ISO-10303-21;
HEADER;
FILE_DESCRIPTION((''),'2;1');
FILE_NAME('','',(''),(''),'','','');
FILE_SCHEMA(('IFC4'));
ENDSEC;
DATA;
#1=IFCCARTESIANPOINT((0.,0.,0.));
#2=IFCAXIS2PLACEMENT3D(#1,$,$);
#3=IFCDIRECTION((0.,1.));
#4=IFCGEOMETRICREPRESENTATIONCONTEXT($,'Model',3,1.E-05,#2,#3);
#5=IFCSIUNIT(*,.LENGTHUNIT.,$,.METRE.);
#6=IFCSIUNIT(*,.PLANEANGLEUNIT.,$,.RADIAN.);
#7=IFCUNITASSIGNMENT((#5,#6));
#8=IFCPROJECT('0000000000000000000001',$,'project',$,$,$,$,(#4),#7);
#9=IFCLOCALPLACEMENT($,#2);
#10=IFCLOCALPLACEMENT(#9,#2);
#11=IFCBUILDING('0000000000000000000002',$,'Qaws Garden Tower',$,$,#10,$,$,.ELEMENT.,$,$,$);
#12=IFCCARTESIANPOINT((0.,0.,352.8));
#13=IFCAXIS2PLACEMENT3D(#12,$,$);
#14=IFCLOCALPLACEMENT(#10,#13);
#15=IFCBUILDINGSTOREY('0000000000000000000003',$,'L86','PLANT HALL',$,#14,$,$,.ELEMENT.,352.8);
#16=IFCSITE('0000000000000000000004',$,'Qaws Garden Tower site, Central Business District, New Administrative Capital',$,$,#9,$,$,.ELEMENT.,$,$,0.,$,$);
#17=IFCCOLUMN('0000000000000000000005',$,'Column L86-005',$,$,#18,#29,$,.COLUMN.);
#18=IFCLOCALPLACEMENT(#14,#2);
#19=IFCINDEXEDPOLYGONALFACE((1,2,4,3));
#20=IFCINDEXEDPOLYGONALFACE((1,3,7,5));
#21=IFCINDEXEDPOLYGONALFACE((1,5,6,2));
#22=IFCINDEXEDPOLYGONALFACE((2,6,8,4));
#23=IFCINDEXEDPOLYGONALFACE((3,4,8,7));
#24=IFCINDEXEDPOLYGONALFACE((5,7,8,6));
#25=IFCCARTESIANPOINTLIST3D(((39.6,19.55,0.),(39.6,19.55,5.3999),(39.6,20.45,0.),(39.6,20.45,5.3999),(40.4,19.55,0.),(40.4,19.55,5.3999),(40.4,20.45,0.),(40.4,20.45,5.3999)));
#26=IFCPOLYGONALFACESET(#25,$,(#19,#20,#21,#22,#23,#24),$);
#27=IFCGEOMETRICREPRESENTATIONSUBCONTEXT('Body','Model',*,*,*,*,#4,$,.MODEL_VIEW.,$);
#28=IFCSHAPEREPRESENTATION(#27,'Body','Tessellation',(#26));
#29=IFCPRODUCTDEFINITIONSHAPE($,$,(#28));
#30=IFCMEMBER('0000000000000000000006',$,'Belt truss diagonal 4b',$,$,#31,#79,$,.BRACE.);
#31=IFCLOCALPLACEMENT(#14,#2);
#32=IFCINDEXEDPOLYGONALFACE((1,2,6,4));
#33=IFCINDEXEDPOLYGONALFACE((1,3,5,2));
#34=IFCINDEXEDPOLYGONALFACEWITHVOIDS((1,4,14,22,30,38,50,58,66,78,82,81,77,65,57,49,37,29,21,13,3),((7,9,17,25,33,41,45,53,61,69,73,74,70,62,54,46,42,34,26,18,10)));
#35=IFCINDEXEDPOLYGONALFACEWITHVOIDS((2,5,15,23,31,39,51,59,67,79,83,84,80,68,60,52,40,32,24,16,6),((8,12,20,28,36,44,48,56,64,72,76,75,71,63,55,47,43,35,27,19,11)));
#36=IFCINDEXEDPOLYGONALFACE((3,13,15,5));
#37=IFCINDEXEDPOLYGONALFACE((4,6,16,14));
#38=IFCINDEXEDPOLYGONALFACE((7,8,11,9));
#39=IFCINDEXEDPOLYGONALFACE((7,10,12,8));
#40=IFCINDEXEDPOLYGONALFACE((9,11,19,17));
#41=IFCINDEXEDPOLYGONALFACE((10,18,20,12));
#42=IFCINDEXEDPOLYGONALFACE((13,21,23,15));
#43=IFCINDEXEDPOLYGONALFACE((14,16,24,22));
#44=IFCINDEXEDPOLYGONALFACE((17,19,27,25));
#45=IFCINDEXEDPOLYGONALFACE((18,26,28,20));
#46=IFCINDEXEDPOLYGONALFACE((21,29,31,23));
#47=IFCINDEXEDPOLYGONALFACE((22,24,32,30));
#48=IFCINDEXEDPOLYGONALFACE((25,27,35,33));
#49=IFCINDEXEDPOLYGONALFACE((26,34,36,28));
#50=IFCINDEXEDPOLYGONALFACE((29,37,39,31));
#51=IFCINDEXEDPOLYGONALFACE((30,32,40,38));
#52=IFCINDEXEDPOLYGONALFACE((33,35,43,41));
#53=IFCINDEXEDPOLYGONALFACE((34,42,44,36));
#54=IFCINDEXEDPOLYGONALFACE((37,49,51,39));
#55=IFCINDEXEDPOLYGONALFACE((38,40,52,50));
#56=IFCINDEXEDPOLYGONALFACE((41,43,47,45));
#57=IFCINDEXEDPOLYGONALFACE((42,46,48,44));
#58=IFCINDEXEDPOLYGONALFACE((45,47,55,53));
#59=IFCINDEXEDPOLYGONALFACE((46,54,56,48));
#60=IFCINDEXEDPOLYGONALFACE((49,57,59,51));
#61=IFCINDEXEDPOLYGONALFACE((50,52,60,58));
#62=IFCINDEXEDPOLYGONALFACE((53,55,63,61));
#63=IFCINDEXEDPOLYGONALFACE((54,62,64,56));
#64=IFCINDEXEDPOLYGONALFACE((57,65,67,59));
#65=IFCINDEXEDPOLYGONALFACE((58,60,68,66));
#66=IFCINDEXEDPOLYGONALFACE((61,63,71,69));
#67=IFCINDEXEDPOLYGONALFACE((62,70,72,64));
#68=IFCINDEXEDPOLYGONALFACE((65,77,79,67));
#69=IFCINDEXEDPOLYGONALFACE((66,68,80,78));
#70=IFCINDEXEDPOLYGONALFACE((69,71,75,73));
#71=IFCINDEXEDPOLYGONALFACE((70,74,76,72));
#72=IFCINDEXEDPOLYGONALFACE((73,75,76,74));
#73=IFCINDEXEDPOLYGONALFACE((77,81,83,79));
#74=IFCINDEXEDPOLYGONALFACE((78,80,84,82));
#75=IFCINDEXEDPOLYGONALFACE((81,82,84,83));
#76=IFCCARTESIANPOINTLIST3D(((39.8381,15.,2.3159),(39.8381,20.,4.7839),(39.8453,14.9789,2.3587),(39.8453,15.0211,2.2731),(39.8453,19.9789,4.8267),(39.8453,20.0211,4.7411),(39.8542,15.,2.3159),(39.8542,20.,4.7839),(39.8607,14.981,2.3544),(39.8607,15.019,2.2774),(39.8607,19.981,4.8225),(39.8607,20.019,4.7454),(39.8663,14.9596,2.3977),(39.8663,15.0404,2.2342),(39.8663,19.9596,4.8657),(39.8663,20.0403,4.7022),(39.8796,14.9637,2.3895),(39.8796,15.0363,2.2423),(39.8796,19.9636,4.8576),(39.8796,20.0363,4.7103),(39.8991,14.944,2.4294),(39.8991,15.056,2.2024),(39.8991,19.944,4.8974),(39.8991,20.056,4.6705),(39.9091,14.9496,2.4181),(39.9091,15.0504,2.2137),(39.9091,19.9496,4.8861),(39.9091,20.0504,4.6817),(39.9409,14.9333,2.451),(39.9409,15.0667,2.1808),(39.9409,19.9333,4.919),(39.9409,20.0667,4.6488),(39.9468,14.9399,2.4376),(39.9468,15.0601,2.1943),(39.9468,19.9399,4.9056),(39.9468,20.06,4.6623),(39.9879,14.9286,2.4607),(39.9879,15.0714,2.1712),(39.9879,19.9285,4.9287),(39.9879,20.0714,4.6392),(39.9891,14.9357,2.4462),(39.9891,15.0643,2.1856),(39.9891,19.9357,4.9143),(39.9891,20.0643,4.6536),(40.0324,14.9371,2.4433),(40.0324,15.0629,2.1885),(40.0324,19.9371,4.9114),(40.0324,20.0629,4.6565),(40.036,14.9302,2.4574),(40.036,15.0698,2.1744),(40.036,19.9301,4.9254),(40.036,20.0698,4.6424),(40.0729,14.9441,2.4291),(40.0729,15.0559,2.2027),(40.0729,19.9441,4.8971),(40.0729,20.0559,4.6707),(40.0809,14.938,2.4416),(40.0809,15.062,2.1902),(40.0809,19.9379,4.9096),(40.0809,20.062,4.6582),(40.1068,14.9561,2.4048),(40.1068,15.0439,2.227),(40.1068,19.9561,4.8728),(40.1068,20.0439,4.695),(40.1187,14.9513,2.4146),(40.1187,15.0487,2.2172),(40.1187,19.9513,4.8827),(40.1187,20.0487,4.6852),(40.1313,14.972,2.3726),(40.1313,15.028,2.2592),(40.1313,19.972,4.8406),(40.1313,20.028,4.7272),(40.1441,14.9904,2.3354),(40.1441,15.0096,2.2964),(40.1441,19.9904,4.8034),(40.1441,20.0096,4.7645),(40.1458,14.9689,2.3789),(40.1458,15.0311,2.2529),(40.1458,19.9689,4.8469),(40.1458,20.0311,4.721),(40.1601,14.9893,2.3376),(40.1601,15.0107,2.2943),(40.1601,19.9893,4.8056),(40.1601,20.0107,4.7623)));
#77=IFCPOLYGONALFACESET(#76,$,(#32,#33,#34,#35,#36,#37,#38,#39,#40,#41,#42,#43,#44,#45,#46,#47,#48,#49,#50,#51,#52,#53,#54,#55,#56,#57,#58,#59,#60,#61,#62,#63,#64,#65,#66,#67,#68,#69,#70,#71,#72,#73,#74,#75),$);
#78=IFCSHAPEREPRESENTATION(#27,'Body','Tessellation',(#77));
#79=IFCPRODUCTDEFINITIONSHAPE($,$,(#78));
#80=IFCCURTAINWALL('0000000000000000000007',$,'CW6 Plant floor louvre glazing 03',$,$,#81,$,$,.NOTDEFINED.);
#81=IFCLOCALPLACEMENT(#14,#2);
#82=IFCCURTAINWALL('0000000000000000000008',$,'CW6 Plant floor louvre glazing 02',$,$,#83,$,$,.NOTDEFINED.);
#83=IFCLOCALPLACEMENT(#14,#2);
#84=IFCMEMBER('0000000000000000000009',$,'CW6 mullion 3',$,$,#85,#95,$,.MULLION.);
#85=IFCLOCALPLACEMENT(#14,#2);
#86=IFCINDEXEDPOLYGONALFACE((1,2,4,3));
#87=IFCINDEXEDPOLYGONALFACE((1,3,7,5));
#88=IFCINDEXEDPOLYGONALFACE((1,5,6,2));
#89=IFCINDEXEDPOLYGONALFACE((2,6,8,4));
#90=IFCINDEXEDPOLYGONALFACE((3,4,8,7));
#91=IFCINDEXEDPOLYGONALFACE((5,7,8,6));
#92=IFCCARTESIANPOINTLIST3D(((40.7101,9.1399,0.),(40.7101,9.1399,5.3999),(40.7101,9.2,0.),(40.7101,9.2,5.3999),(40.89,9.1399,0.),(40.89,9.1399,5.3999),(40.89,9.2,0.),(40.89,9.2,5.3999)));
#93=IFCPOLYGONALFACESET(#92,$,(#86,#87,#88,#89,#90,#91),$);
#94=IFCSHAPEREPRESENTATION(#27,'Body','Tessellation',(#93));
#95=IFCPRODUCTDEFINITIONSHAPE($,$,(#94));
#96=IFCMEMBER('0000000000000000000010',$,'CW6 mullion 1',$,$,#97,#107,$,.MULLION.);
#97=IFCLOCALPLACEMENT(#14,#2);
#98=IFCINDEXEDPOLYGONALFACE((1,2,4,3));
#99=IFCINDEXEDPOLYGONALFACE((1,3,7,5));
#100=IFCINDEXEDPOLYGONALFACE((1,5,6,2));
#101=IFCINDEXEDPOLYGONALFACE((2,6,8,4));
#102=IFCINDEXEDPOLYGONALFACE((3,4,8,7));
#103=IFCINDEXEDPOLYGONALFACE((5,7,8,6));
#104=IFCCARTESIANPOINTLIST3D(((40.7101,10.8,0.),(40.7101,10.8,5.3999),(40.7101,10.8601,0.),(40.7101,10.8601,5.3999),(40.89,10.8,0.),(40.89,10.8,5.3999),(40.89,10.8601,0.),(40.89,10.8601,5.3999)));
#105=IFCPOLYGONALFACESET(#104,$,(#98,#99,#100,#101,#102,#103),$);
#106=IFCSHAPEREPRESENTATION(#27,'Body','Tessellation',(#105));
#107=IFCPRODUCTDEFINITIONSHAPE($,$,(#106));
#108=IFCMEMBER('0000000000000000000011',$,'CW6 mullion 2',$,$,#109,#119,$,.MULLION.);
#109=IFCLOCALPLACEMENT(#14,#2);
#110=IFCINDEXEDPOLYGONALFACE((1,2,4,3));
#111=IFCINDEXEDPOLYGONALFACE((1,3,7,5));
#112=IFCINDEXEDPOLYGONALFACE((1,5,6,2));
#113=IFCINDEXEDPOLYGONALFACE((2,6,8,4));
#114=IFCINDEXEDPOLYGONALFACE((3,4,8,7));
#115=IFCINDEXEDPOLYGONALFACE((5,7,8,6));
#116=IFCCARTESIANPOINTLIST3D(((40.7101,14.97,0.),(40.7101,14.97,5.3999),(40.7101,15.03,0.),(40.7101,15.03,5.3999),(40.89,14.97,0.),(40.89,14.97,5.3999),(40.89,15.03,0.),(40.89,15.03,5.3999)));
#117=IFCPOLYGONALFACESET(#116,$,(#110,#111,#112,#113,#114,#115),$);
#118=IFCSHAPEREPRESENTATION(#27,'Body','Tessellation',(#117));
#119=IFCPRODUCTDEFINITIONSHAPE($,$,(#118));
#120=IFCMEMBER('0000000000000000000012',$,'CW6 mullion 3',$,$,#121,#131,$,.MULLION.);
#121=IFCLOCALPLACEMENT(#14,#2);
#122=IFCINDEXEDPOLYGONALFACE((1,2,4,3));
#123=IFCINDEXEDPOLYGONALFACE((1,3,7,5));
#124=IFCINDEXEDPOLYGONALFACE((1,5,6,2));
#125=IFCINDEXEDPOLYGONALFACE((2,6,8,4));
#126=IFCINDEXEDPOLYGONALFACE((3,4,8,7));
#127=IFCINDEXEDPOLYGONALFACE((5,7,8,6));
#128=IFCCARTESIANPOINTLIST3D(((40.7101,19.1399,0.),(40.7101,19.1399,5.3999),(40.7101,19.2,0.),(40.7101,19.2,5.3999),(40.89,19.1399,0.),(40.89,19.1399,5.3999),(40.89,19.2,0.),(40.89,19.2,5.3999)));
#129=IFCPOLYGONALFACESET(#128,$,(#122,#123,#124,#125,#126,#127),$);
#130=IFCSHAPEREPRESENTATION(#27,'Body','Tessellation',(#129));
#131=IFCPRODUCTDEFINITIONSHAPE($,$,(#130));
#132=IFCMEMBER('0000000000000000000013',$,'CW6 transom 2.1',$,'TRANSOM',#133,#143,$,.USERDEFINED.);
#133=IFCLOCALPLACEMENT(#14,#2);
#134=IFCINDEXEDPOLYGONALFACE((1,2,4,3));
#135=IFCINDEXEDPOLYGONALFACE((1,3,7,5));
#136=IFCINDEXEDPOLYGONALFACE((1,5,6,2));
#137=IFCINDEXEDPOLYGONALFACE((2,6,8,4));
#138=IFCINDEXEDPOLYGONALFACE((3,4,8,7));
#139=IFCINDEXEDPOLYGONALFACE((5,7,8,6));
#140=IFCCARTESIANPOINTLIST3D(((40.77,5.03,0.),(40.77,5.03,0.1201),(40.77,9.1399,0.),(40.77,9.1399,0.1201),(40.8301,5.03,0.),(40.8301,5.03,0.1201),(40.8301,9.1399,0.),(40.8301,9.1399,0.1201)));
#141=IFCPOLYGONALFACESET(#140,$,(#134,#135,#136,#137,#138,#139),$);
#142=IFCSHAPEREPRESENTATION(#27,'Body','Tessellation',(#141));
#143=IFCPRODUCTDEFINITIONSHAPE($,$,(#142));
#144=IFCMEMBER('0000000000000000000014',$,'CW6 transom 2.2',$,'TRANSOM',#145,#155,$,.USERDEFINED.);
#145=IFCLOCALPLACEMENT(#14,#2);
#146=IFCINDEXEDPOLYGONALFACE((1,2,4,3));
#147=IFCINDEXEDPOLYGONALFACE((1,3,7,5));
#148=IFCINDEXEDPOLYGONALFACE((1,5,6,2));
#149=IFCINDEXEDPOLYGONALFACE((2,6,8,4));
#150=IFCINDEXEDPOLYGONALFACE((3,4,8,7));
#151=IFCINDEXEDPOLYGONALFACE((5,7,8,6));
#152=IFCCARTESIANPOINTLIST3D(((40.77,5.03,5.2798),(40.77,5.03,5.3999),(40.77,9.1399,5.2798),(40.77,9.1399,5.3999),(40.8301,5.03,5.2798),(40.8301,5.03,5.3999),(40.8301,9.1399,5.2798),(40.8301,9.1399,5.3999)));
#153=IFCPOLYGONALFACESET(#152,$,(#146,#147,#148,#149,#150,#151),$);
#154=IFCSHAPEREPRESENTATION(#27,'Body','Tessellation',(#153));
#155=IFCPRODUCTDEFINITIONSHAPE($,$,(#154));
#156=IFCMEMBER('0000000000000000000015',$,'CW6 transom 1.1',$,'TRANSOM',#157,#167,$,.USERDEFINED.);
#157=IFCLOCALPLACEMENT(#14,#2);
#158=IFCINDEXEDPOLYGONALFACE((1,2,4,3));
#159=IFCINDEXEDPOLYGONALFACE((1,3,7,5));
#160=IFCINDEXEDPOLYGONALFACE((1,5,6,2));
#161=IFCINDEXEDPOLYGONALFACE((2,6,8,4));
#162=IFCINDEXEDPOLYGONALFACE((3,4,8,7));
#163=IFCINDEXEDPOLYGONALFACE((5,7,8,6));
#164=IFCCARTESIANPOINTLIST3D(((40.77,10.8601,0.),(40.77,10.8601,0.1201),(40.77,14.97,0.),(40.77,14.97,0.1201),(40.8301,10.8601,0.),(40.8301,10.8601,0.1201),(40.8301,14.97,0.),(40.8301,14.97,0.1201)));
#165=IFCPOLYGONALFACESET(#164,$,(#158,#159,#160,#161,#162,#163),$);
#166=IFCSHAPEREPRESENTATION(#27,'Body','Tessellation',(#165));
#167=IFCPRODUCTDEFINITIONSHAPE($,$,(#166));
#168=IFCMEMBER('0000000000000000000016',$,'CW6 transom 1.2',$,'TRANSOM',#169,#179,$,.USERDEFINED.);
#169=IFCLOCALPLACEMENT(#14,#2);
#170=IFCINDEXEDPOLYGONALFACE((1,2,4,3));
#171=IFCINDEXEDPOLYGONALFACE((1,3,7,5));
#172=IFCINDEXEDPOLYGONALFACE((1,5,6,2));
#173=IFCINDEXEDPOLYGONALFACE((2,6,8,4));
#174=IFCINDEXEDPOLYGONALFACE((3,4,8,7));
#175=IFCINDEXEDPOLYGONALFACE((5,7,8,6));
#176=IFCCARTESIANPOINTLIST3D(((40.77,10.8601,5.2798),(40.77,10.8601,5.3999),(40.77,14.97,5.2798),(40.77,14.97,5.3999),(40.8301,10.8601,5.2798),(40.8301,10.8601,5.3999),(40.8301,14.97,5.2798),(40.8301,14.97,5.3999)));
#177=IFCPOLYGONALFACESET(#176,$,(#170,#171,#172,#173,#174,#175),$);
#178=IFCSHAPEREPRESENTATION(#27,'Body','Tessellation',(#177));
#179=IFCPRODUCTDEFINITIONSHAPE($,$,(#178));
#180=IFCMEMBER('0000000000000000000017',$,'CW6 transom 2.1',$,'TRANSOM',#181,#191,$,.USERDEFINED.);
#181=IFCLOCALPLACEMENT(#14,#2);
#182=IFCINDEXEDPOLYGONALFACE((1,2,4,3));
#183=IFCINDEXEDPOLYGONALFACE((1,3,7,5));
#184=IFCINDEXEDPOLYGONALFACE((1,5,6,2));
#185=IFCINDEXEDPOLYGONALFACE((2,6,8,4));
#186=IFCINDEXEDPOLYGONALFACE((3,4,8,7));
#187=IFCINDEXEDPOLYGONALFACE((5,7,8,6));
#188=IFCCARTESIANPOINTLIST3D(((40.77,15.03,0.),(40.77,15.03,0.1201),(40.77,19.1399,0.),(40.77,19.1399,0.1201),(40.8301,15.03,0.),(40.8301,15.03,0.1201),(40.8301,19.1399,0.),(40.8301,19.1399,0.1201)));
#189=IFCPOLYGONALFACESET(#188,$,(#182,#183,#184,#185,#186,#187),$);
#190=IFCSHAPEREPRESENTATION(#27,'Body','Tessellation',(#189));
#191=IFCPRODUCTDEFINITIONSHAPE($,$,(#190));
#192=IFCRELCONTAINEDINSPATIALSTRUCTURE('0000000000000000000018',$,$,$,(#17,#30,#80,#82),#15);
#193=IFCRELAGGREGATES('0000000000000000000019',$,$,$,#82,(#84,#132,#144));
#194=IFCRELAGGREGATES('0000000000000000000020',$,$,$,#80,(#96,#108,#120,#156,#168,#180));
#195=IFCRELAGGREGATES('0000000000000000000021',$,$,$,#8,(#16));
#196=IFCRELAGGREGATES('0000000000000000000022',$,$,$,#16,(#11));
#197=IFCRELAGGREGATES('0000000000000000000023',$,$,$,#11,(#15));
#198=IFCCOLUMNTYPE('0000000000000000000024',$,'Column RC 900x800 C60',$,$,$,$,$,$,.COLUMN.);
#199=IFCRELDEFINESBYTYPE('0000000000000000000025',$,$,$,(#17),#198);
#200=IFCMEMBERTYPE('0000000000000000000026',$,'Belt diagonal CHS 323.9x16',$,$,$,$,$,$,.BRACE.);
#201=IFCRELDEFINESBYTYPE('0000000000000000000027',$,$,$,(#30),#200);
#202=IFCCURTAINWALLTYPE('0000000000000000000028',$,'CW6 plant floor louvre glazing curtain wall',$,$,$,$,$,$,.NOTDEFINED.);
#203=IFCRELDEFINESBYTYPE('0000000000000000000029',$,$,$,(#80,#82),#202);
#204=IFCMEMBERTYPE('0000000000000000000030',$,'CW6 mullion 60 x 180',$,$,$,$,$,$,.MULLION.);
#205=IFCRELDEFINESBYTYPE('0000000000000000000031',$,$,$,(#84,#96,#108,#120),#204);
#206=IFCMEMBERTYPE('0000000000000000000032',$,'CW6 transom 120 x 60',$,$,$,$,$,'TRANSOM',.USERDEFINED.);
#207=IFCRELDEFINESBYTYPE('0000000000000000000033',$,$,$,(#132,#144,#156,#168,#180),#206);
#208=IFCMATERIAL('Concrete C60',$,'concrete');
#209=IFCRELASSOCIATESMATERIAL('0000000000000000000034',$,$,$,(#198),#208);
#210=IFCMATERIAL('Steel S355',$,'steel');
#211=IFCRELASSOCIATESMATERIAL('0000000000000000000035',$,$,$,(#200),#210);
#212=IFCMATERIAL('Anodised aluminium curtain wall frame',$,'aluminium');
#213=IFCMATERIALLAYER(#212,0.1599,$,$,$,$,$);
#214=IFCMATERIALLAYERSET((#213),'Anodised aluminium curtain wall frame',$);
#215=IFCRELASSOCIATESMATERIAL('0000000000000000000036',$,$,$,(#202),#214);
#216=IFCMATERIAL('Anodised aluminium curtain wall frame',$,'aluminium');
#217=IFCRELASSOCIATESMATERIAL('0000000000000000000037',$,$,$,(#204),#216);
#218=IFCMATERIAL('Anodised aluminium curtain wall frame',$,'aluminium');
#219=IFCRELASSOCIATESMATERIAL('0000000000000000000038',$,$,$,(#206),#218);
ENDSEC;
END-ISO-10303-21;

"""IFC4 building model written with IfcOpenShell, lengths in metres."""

from ifc_helpers import new_model, si_unit, direction, frame, origin, origin_2d, place, context, subcontext, project, spatial, rectangle, hollow_circle, extrude, material, layer, layer_set, material_profile, profile_set, type_object, element, aggregate, save


model = new_model("IFC4")

# Units and contexts
model_context = context("Model", 3, precision=1e-05, world=origin(), true_north=direction((0.0, 1.0)))
body_context = subcontext(model_context, "Body", "Model", "MODEL_VIEW")
ifc_project = project(units=[si_unit("LENGTHUNIT", "METRE"), si_unit("PLANEANGLEUNIT", "RADIAN")], contexts=[model_context])

# Site, building, storey
site_placement = place(None, origin())
site = spatial("IfcSite", under=ifc_project, at=site_placement, Name="Qaws Garden Tower site, Central Business District, New Administrative Capital", CompositionType="ELEMENT", RefElevation=0.0)
building_placement = place(site_placement, origin())
building = spatial("IfcBuilding", under=site, at=building_placement, Name="Qaws Garden Tower", CompositionType="ELEMENT")
storey_placement = place(building_placement, frame((0.0, 0.0, 352.8)))
storey = spatial("IfcBuildingStorey", under=building, at=storey_placement, Name="L86", Description="PLANT HALL", CompositionType="ELEMENT", Elevation=352.8)

# Column
ifc_material_1 = material(Name="Concrete C60", Category="concrete")
ifc_material_profile_1 = material_profile(ifc_material_1, rectangle(XDim=0.8999, YDim=0.8, at=origin_2d()), Name="RC 900x800")
ifc_profile_set_1 = profile_set([ifc_material_profile_1], Name="Concrete C60")
column_type = type_object("IfcColumnType", Name="Column RC 900x800 C60", PredefinedType="COLUMN", material=ifc_profile_set_1)
column_placement = place(storey_placement, frame((40.0, 20.0, 0.0), z_axis=(0.0, 0.0, 1.0), x_axis=(0.0, 1.0, 0.0)))
element("IfcColumn", 1, at=column_placement, inside=storey, type_object=column_type, Name="Column L86-005", PredefinedType="COLUMN", context=body_context, shape_type="SweptSolid", body=[
    extrude(rectangle(XDim=0.8999, YDim=0.8, at=origin_2d()), origin(), (0.0, 0.0, 1.0), 5.3999),
])

# Member
ifc_material_2 = material(Name="Steel S355", Category="steel")
ifc_material_profile_2 = material_profile(ifc_material_2, hollow_circle(Radius=0.1619, WallThickness=0.0161, at=origin_2d()), Name="CHS 323.9x16")
ifc_profile_set_2 = profile_set([ifc_material_profile_2], Name="Steel S355")
member_type_1 = type_object("IfcMemberType", Name="Belt diagonal CHS 323.9x16", PredefinedType="BRACE", material=ifc_profile_set_2)
member_1_placement = place(storey_placement, frame((40.0, 15.0, 2.3159), z_axis=(0.0, 0.89671, 0.442619), x_axis=(-1.0, 0.0, 0.0)))
element("IfcMember", 2, at=member_1_placement, inside=storey, type_object=member_type_1, Name="Belt truss diagonal 4b", PredefinedType="BRACE", context=body_context, shape_type="SweptSolid", body=[
    extrude(hollow_circle(Radius=0.1619, WallThickness=0.0161, at=origin_2d()), origin(), (0.0, 0.0, 1.0), 5.5759),
])

# Curtain wall
ifc_material_3 = material(Name="Anodised aluminium curtain wall frame", Category="aluminium")
ifc_layer_1 = layer(ifc_material_3, 0.1599)
ifc_layer_set_1 = layer_set([ifc_layer_1], Name="Anodised aluminium curtain wall frame")
curtain_wall_type = type_object("IfcCurtainWallType", Name="CW6 plant floor louvre glazing curtain wall", PredefinedType="NOTDEFINED", material=ifc_layer_set_1)
placement_1 = place(storey_placement, origin())
curtain_wall_1 = element("IfcCurtainWall", 3, at=placement_1, inside=storey, type_object=curtain_wall_type, Name="CW6 Plant floor louvre glazing 03", PredefinedType="NOTDEFINED")

# Curtain wall, member
curtain_wall_2 = element("IfcCurtainWall", 4, at=placement_1, inside=storey, type_object=curtain_wall_type, Name="CW6 Plant floor louvre glazing 02", PredefinedType="NOTDEFINED")
ifc_material_4 = material(Name="Anodised aluminium curtain wall frame", Category="aluminium")
ifc_material_profile_3 = material_profile(ifc_material_4, rectangle(XDim=0.1799, YDim=0.0601, at=origin_2d()), Name="AL 60x180")
ifc_profile_set_3 = profile_set([ifc_material_profile_3], Name="Anodised aluminium curtain wall frame")
member_type_2 = type_object("IfcMemberType", Name="CW6 mullion 60 x 180", PredefinedType="MULLION", material=ifc_profile_set_3)
member_2_placement = place(storey_placement, frame((40.8, 9.1699, 0.0), z_axis=(0.0, 0.0, 1.0), x_axis=(-1.0, 0.0, 0.0)))
member_2 = element("IfcMember", 5, at=member_2_placement, type_object=member_type_2, Name="CW6 mullion 3", PredefinedType="MULLION", context=body_context, shape_type="SweptSolid", body=[
    extrude(rectangle(XDim=0.1799, YDim=0.0601, at=origin_2d()), origin(), (0.0, 0.0, 1.0), 5.3999),
])

# Members
member_3_placement = place(storey_placement, frame((40.8, 10.8301, 0.0), z_axis=(0.0, 0.0, 1.0), x_axis=(-1.0, 0.0, 0.0)))
member_3 = element("IfcMember", 6, at=member_3_placement, type_object=member_type_2, Name="CW6 mullion 1", PredefinedType="MULLION", context=body_context, shape_type="SweptSolid", body=[
    extrude(rectangle(XDim=0.1799, YDim=0.0601, at=origin_2d()), origin(), (0.0, 0.0, 1.0), 5.3999),
])
member_4_placement = place(storey_placement, frame((40.8, 15.0, 0.0), z_axis=(0.0, 0.0, 1.0), x_axis=(-1.0, 0.0, 0.0)))
member_4 = element("IfcMember", 7, at=member_4_placement, type_object=member_type_2, Name="CW6 mullion 2", PredefinedType="MULLION", context=body_context, shape_type="SweptSolid", body=[
    extrude(rectangle(XDim=0.1799, YDim=0.0601, at=origin_2d()), origin(), (0.0, 0.0, 1.0), 5.3999),
])
member_5_placement = place(storey_placement, frame((40.8, 19.1699, 0.0), z_axis=(0.0, 0.0, 1.0), x_axis=(-1.0, 0.0, 0.0)))
member_5 = element("IfcMember", 8, at=member_5_placement, type_object=member_type_2, Name="CW6 mullion 3", PredefinedType="MULLION", context=body_context, shape_type="SweptSolid", body=[
    extrude(rectangle(XDim=0.1799, YDim=0.0601, at=origin_2d()), origin(), (0.0, 0.0, 1.0), 5.3999),
])
ifc_material_5 = material(Name="Anodised aluminium curtain wall frame", Category="aluminium")
ifc_material_profile_4 = material_profile(ifc_material_5, rectangle(XDim=0.0601, YDim=0.1201, at=origin_2d()), Name="AL 60x120")
ifc_profile_set_4 = profile_set([ifc_material_profile_4], Name="Anodised aluminium curtain wall frame")
member_type_3 = type_object("IfcMemberType", Name="CW6 transom 120 x 60", ElementType="TRANSOM", PredefinedType="USERDEFINED", material=ifc_profile_set_4)
member_6_placement = place(storey_placement, frame((40.8, 5.03, 0.0601), z_axis=(0.0, 1.0, 0.0), x_axis=(-1.0, 0.0, 0.0)))
member_6 = element("IfcMember", 9, at=member_6_placement, type_object=member_type_3, Name="CW6 transom 2.1", ObjectType="TRANSOM", PredefinedType="USERDEFINED", context=body_context, shape_type="SweptSolid", body=[
    extrude(rectangle(XDim=0.0601, YDim=0.1201, at=origin_2d()), origin(), (0.0, 0.0, 1.0), 4.1099),
])
member_7_placement = place(storey_placement, frame((40.8, 5.03, 5.3398), z_axis=(0.0, 1.0, 0.0), x_axis=(-1.0, 0.0, 0.0)))
member_7 = element("IfcMember", 10, at=member_7_placement, type_object=member_type_3, Name="CW6 transom 2.2", ObjectType="TRANSOM", PredefinedType="USERDEFINED", context=body_context, shape_type="SweptSolid", body=[
    extrude(rectangle(XDim=0.0601, YDim=0.1201, at=origin_2d()), origin(), (0.0, 0.0, 1.0), 4.1099),
])
aggregate(curtain_wall_2, [member_2, member_6, member_7])
member_8_placement = place(storey_placement, frame((40.8, 10.8601, 0.0601), z_axis=(0.0, 1.0, 0.0), x_axis=(-1.0, 0.0, 0.0)))
member_8 = element("IfcMember", 11, at=member_8_placement, type_object=member_type_3, Name="CW6 transom 1.1", ObjectType="TRANSOM", PredefinedType="USERDEFINED", context=body_context, shape_type="SweptSolid", body=[
    extrude(rectangle(XDim=0.0601, YDim=0.1201, at=origin_2d()), origin(), (0.0, 0.0, 1.0), 4.1099),
])
member_9_placement = place(storey_placement, frame((40.8, 10.8601, 5.3398), z_axis=(0.0, 1.0, 0.0), x_axis=(-1.0, 0.0, 0.0)))
member_9 = element("IfcMember", 12, at=member_9_placement, type_object=member_type_3, Name="CW6 transom 1.2", ObjectType="TRANSOM", PredefinedType="USERDEFINED", context=body_context, shape_type="SweptSolid", body=[
    extrude(rectangle(XDim=0.0601, YDim=0.1201, at=origin_2d()), origin(), (0.0, 0.0, 1.0), 4.1099),
])
member_10_placement = place(storey_placement, frame((40.8, 15.03, 0.0601), z_axis=(0.0, 1.0, 0.0), x_axis=(-1.0, 0.0, 0.0)))
member_10 = element("IfcMember", 13, at=member_10_placement, type_object=member_type_3, Name="CW6 transom 2.1", ObjectType="TRANSOM", PredefinedType="USERDEFINED", context=body_context, shape_type="SweptSolid", body=[
    extrude(rectangle(XDim=0.0601, YDim=0.1201, at=origin_2d()), origin(), (0.0, 0.0, 1.0), 4.1099),
])

aggregate(curtain_wall_1, [member_3, member_4, member_5, member_8, member_9, member_10])

save(model, "model.ifc")
